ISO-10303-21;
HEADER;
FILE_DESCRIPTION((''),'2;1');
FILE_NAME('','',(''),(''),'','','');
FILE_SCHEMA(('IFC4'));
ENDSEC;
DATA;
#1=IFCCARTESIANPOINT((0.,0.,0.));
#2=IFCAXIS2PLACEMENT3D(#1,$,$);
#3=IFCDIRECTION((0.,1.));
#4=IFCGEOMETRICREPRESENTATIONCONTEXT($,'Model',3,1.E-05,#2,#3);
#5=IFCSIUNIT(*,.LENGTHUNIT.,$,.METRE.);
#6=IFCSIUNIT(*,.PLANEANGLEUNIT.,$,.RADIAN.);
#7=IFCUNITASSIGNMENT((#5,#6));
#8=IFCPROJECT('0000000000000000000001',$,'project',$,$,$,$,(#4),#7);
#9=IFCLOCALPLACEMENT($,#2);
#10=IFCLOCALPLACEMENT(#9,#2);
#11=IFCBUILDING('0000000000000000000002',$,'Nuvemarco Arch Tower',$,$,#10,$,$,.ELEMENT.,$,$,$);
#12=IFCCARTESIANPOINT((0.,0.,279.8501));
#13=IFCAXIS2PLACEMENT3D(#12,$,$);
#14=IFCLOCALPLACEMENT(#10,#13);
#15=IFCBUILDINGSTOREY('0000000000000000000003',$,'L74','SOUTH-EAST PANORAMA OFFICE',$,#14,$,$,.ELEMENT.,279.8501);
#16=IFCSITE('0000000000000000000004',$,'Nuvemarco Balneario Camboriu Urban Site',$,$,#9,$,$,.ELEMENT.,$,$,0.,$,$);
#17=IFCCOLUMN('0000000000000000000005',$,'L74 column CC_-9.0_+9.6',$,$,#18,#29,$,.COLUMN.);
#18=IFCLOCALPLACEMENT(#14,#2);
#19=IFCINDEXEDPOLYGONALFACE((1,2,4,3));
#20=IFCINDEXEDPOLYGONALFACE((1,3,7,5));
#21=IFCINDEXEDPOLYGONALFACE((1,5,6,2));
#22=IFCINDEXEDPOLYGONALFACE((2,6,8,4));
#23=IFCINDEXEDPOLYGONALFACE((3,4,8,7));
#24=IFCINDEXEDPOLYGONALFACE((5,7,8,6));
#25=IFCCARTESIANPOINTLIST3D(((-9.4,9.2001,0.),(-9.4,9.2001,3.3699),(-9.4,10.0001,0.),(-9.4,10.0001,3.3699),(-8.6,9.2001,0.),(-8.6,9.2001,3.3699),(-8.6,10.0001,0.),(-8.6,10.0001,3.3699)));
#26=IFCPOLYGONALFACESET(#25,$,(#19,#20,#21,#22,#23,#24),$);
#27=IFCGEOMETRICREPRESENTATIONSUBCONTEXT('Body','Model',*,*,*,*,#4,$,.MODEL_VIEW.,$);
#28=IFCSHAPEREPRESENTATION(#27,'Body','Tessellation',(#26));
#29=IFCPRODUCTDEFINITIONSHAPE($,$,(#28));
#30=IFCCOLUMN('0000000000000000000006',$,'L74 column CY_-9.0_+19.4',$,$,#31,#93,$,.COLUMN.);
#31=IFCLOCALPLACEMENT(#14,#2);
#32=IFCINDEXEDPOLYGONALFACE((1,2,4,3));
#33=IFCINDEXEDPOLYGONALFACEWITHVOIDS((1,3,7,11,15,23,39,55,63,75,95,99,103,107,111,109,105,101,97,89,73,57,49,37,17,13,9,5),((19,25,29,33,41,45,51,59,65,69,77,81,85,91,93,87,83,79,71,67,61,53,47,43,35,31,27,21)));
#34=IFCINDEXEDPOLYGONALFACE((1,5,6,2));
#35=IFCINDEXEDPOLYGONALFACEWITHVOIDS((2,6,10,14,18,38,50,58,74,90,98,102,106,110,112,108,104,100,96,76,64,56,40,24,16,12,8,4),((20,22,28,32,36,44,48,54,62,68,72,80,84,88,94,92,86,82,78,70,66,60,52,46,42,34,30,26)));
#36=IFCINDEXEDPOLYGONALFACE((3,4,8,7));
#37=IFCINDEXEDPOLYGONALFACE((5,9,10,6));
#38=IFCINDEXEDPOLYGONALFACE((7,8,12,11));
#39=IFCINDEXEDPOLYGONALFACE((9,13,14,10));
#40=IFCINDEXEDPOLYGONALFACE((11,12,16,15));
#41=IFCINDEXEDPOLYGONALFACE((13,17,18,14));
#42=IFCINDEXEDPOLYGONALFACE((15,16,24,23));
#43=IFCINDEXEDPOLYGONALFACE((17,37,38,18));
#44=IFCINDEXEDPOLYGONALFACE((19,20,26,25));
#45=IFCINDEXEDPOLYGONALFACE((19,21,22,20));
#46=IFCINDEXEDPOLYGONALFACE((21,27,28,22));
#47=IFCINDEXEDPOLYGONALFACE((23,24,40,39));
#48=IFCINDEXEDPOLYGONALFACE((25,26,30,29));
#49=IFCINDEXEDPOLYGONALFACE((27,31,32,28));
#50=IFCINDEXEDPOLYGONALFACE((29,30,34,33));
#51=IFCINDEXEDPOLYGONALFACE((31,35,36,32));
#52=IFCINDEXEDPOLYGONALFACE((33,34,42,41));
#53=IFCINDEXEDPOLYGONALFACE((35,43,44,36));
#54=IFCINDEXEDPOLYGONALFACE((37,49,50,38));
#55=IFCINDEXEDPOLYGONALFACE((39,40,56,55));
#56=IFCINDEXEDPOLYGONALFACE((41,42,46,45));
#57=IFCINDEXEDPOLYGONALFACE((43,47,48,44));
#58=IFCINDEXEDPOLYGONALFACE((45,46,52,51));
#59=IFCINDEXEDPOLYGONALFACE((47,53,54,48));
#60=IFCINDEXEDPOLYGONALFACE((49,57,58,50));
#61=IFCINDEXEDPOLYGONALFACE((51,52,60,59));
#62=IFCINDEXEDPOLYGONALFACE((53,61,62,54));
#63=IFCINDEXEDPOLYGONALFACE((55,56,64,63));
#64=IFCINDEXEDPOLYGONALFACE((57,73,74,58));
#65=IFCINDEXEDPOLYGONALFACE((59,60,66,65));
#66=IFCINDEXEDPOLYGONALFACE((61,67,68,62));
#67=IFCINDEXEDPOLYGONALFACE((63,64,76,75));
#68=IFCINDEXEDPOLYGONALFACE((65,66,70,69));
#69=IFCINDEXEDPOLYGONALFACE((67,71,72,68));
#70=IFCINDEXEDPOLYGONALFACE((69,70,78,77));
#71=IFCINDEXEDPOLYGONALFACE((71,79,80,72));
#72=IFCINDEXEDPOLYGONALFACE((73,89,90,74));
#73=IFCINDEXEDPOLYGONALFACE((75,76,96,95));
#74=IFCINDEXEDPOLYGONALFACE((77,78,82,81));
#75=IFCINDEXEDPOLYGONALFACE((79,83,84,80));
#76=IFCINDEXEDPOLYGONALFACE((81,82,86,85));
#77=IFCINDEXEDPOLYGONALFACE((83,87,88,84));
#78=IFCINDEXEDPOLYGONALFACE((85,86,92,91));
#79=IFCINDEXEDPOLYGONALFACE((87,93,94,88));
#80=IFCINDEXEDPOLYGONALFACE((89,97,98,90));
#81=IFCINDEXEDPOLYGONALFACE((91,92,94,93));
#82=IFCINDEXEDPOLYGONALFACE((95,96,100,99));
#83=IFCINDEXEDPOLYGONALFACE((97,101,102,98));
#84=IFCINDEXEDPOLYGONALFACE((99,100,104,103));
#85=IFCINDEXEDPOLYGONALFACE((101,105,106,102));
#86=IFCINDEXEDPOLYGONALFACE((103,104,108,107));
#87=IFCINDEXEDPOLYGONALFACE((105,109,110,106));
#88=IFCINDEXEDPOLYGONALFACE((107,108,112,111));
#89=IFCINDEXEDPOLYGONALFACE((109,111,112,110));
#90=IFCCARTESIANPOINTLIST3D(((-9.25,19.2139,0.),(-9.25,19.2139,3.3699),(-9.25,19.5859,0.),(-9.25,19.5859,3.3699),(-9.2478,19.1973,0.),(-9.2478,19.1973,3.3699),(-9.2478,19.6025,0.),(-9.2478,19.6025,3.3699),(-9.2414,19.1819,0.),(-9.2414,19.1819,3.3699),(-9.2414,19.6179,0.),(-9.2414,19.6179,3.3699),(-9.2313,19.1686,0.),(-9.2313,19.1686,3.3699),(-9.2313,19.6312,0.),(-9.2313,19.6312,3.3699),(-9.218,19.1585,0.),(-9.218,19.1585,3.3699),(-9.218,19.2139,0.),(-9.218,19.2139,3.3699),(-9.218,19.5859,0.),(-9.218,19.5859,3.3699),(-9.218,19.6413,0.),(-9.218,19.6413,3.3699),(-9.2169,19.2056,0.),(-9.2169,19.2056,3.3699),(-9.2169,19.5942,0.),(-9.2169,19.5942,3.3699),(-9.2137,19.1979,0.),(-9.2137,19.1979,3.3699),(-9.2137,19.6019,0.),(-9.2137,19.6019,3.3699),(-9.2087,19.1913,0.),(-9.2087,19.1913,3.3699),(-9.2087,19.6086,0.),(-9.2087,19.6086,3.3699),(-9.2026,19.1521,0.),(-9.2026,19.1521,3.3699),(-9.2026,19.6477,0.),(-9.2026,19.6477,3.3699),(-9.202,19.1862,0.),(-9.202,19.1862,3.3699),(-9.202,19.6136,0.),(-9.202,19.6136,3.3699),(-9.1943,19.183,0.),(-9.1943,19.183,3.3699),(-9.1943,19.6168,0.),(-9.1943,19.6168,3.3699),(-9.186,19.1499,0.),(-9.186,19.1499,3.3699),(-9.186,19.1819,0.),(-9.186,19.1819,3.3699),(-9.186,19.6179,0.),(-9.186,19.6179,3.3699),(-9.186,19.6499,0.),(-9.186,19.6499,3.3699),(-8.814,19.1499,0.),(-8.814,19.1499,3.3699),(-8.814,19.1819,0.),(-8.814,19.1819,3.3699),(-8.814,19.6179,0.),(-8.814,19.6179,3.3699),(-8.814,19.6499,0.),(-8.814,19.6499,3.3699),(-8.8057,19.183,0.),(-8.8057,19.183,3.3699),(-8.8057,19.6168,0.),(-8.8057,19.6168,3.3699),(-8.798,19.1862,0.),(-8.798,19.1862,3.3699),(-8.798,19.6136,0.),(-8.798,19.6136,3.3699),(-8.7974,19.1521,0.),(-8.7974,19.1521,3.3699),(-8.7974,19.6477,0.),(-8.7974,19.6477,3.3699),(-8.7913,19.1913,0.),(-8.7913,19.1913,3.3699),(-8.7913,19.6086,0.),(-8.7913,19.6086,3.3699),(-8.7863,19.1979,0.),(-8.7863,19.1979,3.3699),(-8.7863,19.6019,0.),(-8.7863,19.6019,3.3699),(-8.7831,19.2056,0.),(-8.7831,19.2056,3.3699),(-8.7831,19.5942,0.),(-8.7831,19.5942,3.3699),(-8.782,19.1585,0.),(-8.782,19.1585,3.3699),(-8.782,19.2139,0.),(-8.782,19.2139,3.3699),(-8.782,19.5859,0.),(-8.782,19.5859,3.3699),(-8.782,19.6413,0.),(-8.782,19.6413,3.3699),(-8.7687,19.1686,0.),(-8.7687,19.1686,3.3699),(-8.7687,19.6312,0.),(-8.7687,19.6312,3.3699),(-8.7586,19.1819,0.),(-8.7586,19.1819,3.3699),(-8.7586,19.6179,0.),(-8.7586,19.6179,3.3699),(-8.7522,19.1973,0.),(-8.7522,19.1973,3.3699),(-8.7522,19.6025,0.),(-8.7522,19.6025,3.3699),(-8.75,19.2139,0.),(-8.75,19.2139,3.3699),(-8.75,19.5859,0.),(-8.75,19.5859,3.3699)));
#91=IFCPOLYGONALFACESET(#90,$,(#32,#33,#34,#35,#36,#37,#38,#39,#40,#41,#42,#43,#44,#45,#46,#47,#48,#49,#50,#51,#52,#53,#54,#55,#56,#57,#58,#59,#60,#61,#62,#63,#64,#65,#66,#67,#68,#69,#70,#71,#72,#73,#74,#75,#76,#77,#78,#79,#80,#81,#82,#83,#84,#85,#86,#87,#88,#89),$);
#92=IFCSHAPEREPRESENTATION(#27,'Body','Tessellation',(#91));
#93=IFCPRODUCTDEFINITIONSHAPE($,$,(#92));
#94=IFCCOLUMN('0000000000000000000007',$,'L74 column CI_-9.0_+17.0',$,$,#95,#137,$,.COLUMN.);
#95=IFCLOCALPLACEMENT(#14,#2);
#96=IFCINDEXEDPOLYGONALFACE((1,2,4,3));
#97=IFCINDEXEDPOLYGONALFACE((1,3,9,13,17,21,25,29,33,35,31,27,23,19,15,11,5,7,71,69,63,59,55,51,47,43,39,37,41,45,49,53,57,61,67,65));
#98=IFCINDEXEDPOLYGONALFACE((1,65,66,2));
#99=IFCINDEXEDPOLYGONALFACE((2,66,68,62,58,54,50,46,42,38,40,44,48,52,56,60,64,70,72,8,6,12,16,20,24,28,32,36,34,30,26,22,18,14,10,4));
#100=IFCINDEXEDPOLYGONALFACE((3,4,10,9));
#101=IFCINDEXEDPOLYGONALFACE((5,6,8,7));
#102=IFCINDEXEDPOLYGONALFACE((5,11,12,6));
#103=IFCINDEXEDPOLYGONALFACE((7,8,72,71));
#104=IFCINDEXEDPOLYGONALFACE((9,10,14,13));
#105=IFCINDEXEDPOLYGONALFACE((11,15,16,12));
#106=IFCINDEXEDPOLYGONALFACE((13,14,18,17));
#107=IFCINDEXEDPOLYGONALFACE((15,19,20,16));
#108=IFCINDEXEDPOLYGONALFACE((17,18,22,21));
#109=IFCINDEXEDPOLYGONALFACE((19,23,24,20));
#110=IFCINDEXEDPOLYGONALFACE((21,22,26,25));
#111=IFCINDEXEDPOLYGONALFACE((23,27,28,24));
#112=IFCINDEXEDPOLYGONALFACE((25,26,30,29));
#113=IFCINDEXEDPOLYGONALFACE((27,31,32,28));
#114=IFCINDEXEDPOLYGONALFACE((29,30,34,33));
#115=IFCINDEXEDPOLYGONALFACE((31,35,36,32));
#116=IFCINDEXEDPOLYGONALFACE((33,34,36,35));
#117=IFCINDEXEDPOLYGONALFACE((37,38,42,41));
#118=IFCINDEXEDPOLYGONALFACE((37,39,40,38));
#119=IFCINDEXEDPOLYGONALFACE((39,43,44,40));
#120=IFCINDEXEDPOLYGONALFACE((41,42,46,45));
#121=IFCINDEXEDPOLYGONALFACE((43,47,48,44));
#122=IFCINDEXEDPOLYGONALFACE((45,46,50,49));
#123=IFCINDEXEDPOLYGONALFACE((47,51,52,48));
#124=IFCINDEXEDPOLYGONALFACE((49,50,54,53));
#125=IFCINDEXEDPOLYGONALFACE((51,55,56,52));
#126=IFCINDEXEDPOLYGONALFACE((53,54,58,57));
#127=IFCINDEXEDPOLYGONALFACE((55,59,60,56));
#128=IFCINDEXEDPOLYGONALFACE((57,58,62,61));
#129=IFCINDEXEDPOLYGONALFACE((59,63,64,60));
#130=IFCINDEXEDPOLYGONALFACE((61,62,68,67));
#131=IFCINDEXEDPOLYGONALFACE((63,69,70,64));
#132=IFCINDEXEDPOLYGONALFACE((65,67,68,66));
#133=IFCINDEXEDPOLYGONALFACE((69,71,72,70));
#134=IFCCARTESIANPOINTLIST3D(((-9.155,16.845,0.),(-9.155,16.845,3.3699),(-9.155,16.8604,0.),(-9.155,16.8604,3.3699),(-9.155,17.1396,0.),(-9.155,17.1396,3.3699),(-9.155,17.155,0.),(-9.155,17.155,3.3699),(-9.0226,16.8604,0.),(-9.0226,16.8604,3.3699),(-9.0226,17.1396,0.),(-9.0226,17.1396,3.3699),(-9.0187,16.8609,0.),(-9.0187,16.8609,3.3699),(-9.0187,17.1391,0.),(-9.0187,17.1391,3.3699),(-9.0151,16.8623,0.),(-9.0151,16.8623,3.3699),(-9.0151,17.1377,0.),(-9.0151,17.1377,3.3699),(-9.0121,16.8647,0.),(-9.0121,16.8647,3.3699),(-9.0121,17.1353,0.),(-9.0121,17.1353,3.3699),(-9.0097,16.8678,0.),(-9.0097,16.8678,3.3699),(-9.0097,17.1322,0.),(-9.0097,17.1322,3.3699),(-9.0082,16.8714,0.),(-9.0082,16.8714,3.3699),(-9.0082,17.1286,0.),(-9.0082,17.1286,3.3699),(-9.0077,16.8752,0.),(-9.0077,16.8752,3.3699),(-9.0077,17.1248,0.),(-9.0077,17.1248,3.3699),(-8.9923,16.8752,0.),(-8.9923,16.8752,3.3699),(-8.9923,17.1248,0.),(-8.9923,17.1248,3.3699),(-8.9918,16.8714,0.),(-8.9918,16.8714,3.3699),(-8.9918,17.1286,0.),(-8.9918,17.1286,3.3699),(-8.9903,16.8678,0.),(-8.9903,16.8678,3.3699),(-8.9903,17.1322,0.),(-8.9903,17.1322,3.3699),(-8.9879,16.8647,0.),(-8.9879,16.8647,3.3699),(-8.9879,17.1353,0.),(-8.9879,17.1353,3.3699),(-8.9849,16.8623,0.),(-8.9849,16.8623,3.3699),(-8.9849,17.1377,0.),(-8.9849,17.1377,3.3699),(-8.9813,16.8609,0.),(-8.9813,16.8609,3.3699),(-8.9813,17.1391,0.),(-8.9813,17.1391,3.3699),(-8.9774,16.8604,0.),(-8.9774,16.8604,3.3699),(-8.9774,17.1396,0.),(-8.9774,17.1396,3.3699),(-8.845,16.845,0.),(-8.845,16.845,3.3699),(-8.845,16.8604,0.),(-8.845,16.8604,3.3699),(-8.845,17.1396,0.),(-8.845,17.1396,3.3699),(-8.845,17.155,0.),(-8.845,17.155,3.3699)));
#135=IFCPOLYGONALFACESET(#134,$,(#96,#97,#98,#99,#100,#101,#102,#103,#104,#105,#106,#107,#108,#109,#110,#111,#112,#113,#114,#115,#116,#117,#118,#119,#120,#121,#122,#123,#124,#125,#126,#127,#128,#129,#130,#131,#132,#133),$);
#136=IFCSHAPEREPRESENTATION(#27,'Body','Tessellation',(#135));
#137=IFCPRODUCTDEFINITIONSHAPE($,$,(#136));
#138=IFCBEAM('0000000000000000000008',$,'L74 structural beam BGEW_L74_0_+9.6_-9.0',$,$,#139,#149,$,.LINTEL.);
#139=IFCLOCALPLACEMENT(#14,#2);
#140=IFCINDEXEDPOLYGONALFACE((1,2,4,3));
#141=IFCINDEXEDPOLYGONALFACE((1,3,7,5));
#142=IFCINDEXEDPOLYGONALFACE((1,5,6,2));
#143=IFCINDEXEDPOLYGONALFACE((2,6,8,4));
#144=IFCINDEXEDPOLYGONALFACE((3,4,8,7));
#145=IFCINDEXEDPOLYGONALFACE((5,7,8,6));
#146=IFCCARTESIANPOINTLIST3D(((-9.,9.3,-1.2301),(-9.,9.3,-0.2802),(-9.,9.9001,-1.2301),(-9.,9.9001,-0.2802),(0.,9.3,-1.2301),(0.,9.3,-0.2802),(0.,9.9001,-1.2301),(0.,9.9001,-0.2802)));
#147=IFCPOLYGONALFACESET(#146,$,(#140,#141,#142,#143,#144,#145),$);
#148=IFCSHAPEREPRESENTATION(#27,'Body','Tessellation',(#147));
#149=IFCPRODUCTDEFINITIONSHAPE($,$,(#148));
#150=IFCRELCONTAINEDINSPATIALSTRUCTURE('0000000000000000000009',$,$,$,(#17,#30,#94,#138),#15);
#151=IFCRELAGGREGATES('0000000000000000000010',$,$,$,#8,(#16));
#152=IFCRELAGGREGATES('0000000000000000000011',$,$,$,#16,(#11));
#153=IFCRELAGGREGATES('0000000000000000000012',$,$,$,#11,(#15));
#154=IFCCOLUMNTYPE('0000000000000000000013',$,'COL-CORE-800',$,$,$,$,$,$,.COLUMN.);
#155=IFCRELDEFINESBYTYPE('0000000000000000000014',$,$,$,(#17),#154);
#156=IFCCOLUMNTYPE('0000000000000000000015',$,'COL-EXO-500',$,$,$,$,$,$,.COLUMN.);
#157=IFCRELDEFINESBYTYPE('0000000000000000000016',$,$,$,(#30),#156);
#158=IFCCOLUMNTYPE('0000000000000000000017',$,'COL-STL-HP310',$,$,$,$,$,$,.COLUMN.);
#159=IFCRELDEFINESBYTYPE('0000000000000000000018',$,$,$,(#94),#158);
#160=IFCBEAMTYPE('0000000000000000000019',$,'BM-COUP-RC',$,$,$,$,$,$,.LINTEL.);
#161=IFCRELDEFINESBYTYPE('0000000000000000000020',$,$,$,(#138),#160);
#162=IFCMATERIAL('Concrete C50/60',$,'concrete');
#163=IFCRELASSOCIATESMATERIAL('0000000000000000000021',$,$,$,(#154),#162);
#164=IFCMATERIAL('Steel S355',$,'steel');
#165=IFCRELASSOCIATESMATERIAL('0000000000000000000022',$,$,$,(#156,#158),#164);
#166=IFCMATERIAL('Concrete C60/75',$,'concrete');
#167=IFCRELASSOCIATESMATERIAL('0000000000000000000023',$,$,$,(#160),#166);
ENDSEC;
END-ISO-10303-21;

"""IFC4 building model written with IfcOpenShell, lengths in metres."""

from ifc_helpers import new_model, si_unit, direction, frame, origin, origin_2d, place, context, subcontext, project, spatial, rectangle, hollow_rectangle, i_section, extrude, material, material_profile, profile_set, type_object, element, save


model = new_model("IFC4")

# Units and contexts
model_context = context("Model", 3, precision=1e-05, world=origin(), true_north=direction((0.0, 1.0)))
body_context = subcontext(model_context, "Body", "Model", "MODEL_VIEW")
ifc_project = project(units=[si_unit("LENGTHUNIT", "METRE"), si_unit("PLANEANGLEUNIT", "RADIAN")], contexts=[model_context])

# Site, building, storey
site_placement = place(None, origin())
site = spatial("IfcSite", under=ifc_project, at=site_placement, Name="Nuvemarco Balneario Camboriu Urban Site", CompositionType="ELEMENT", RefElevation=0.0)
building_placement = place(site_placement, origin())
building = spatial("IfcBuilding", under=site, at=building_placement, Name="Nuvemarco Arch Tower", CompositionType="ELEMENT")
storey_placement = place(building_placement, frame((0.0, 0.0, 279.8501)))
storey = spatial("IfcBuildingStorey", under=building, at=storey_placement, Name="L74", Description="SOUTH-EAST PANORAMA OFFICE", CompositionType="ELEMENT", Elevation=279.8501)

# Columns
ifc_material_1 = material(Name="Concrete C50/60", Category="concrete")
ifc_material_profile_1 = material_profile(ifc_material_1, rectangle(XDim=0.8, YDim=0.8, at=origin_2d()), Name="RC-COL-800x800")
ifc_profile_set_1 = profile_set([ifc_material_profile_1], Name="Concrete C50/60")
column_type_1 = type_object("IfcColumnType", Name="COL-CORE-800", PredefinedType="COLUMN", material=ifc_profile_set_1)
column_1_placement = place(storey_placement, frame((-9.0, 9.6001, 0.0), z_axis=(0.0, 0.0, 1.0), x_axis=(1.0, 0.0, 0.0)))
element("IfcColumn", 1, at=column_1_placement, inside=storey, type_object=column_type_1, Name="L74 column CC_-9.0_+9.6", PredefinedType="COLUMN", context=body_context, shape_type="SweptSolid", body=[
    extrude(rectangle(XDim=0.8, YDim=0.8, at=origin_2d()), origin(), (0.0, 0.0, 1.0), 3.3699),
])
ifc_material_2 = material(Name="Steel S355", Category="steel")
ifc_material_profile_2 = material_profile(ifc_material_2, hollow_rectangle(XDim=0.5, YDim=0.5, WallThickness=0.032, InnerFilletRadius=0.032, OuterFilletRadius=0.064, at=origin_2d()), Name="SHS500x500x32")
ifc_profile_set_2 = profile_set([ifc_material_profile_2], Name="Steel S355")
column_type_2 = type_object("IfcColumnType", Name="COL-EXO-500", PredefinedType="COLUMN", material=ifc_profile_set_2)
column_2_placement = place(storey_placement, frame((-9.0, 19.3999, 0.0), z_axis=(0.0, 0.0, 1.0), x_axis=(1.0, 0.0, 0.0)))
element("IfcColumn", 2, at=column_2_placement, inside=storey, type_object=column_type_2, Name="L74 column CY_-9.0_+19.4", PredefinedType="COLUMN", context=body_context, shape_type="SweptSolid", body=[
    extrude(hollow_rectangle(XDim=0.5, YDim=0.5, WallThickness=0.032, InnerFilletRadius=0.032, OuterFilletRadius=0.064, at=origin_2d()), origin(), (0.0, 0.0, 1.0), 3.3699),
])
ifc_material_profile_3 = material_profile(ifc_material_2, i_section(OverallWidth=0.3101, OverallDepth=0.3101, WebThickness=0.0154, FlangeThickness=0.0154, FilletRadius=0.0149, at=origin_2d()), Name="HP310x110")
ifc_profile_set_3 = profile_set([ifc_material_profile_3], Name="Steel S355")
column_type_3 = type_object("IfcColumnType", Name="COL-STL-HP310", PredefinedType="COLUMN", material=ifc_profile_set_3)
column_3_placement = place(storey_placement, frame((-9.0, 17.0, 0.0), z_axis=(0.0, 0.0, 1.0), x_axis=(1.0, 0.0, 0.0)))
element("IfcColumn", 3, at=column_3_placement, inside=storey, type_object=column_type_3, Name="L74 column CI_-9.0_+17.0", PredefinedType="COLUMN", context=body_context, shape_type="SweptSolid", body=[
    extrude(i_section(OverallWidth=0.3101, OverallDepth=0.3101, WebThickness=0.0154, FlangeThickness=0.0154, FilletRadius=0.0149, at=origin_2d()), origin(), (0.0, 0.0, 1.0), 3.3699),
])

# Beam
ifc_material_3 = material(Name="Concrete C60/75", Category="concrete")
ifc_material_profile_4 = material_profile(ifc_material_3, rectangle(XDim=0.6001, YDim=0.95, at=origin_2d()), Name="RC-BM-600x950")
ifc_profile_set_4 = profile_set([ifc_material_profile_4], Name="Concrete C60/75")
beam_type_1 = type_object("IfcBeamType", Name="BM-COUP-RC", PredefinedType="LINTEL", material=ifc_profile_set_4)
beam_1_placement = place(storey_placement, frame((-9.0, 9.6001, -0.7551), z_axis=(1.0, 0.0, 0.0), x_axis=(0.0, 1.0, 0.0)))
element("IfcBeam", 4, at=beam_1_placement, inside=storey, type_object=beam_type_1, Name="L74 structural beam BGEW_L74_0_+9.6_-9.0", PredefinedType="LINTEL", context=body_context, shape_type="SweptSolid", body=[
    extrude(rectangle(XDim=0.6001, YDim=0.95, at=origin_2d()), origin(), (0.0, 0.0, 1.0), 9.0),
])

save(model, "model.ifc")
